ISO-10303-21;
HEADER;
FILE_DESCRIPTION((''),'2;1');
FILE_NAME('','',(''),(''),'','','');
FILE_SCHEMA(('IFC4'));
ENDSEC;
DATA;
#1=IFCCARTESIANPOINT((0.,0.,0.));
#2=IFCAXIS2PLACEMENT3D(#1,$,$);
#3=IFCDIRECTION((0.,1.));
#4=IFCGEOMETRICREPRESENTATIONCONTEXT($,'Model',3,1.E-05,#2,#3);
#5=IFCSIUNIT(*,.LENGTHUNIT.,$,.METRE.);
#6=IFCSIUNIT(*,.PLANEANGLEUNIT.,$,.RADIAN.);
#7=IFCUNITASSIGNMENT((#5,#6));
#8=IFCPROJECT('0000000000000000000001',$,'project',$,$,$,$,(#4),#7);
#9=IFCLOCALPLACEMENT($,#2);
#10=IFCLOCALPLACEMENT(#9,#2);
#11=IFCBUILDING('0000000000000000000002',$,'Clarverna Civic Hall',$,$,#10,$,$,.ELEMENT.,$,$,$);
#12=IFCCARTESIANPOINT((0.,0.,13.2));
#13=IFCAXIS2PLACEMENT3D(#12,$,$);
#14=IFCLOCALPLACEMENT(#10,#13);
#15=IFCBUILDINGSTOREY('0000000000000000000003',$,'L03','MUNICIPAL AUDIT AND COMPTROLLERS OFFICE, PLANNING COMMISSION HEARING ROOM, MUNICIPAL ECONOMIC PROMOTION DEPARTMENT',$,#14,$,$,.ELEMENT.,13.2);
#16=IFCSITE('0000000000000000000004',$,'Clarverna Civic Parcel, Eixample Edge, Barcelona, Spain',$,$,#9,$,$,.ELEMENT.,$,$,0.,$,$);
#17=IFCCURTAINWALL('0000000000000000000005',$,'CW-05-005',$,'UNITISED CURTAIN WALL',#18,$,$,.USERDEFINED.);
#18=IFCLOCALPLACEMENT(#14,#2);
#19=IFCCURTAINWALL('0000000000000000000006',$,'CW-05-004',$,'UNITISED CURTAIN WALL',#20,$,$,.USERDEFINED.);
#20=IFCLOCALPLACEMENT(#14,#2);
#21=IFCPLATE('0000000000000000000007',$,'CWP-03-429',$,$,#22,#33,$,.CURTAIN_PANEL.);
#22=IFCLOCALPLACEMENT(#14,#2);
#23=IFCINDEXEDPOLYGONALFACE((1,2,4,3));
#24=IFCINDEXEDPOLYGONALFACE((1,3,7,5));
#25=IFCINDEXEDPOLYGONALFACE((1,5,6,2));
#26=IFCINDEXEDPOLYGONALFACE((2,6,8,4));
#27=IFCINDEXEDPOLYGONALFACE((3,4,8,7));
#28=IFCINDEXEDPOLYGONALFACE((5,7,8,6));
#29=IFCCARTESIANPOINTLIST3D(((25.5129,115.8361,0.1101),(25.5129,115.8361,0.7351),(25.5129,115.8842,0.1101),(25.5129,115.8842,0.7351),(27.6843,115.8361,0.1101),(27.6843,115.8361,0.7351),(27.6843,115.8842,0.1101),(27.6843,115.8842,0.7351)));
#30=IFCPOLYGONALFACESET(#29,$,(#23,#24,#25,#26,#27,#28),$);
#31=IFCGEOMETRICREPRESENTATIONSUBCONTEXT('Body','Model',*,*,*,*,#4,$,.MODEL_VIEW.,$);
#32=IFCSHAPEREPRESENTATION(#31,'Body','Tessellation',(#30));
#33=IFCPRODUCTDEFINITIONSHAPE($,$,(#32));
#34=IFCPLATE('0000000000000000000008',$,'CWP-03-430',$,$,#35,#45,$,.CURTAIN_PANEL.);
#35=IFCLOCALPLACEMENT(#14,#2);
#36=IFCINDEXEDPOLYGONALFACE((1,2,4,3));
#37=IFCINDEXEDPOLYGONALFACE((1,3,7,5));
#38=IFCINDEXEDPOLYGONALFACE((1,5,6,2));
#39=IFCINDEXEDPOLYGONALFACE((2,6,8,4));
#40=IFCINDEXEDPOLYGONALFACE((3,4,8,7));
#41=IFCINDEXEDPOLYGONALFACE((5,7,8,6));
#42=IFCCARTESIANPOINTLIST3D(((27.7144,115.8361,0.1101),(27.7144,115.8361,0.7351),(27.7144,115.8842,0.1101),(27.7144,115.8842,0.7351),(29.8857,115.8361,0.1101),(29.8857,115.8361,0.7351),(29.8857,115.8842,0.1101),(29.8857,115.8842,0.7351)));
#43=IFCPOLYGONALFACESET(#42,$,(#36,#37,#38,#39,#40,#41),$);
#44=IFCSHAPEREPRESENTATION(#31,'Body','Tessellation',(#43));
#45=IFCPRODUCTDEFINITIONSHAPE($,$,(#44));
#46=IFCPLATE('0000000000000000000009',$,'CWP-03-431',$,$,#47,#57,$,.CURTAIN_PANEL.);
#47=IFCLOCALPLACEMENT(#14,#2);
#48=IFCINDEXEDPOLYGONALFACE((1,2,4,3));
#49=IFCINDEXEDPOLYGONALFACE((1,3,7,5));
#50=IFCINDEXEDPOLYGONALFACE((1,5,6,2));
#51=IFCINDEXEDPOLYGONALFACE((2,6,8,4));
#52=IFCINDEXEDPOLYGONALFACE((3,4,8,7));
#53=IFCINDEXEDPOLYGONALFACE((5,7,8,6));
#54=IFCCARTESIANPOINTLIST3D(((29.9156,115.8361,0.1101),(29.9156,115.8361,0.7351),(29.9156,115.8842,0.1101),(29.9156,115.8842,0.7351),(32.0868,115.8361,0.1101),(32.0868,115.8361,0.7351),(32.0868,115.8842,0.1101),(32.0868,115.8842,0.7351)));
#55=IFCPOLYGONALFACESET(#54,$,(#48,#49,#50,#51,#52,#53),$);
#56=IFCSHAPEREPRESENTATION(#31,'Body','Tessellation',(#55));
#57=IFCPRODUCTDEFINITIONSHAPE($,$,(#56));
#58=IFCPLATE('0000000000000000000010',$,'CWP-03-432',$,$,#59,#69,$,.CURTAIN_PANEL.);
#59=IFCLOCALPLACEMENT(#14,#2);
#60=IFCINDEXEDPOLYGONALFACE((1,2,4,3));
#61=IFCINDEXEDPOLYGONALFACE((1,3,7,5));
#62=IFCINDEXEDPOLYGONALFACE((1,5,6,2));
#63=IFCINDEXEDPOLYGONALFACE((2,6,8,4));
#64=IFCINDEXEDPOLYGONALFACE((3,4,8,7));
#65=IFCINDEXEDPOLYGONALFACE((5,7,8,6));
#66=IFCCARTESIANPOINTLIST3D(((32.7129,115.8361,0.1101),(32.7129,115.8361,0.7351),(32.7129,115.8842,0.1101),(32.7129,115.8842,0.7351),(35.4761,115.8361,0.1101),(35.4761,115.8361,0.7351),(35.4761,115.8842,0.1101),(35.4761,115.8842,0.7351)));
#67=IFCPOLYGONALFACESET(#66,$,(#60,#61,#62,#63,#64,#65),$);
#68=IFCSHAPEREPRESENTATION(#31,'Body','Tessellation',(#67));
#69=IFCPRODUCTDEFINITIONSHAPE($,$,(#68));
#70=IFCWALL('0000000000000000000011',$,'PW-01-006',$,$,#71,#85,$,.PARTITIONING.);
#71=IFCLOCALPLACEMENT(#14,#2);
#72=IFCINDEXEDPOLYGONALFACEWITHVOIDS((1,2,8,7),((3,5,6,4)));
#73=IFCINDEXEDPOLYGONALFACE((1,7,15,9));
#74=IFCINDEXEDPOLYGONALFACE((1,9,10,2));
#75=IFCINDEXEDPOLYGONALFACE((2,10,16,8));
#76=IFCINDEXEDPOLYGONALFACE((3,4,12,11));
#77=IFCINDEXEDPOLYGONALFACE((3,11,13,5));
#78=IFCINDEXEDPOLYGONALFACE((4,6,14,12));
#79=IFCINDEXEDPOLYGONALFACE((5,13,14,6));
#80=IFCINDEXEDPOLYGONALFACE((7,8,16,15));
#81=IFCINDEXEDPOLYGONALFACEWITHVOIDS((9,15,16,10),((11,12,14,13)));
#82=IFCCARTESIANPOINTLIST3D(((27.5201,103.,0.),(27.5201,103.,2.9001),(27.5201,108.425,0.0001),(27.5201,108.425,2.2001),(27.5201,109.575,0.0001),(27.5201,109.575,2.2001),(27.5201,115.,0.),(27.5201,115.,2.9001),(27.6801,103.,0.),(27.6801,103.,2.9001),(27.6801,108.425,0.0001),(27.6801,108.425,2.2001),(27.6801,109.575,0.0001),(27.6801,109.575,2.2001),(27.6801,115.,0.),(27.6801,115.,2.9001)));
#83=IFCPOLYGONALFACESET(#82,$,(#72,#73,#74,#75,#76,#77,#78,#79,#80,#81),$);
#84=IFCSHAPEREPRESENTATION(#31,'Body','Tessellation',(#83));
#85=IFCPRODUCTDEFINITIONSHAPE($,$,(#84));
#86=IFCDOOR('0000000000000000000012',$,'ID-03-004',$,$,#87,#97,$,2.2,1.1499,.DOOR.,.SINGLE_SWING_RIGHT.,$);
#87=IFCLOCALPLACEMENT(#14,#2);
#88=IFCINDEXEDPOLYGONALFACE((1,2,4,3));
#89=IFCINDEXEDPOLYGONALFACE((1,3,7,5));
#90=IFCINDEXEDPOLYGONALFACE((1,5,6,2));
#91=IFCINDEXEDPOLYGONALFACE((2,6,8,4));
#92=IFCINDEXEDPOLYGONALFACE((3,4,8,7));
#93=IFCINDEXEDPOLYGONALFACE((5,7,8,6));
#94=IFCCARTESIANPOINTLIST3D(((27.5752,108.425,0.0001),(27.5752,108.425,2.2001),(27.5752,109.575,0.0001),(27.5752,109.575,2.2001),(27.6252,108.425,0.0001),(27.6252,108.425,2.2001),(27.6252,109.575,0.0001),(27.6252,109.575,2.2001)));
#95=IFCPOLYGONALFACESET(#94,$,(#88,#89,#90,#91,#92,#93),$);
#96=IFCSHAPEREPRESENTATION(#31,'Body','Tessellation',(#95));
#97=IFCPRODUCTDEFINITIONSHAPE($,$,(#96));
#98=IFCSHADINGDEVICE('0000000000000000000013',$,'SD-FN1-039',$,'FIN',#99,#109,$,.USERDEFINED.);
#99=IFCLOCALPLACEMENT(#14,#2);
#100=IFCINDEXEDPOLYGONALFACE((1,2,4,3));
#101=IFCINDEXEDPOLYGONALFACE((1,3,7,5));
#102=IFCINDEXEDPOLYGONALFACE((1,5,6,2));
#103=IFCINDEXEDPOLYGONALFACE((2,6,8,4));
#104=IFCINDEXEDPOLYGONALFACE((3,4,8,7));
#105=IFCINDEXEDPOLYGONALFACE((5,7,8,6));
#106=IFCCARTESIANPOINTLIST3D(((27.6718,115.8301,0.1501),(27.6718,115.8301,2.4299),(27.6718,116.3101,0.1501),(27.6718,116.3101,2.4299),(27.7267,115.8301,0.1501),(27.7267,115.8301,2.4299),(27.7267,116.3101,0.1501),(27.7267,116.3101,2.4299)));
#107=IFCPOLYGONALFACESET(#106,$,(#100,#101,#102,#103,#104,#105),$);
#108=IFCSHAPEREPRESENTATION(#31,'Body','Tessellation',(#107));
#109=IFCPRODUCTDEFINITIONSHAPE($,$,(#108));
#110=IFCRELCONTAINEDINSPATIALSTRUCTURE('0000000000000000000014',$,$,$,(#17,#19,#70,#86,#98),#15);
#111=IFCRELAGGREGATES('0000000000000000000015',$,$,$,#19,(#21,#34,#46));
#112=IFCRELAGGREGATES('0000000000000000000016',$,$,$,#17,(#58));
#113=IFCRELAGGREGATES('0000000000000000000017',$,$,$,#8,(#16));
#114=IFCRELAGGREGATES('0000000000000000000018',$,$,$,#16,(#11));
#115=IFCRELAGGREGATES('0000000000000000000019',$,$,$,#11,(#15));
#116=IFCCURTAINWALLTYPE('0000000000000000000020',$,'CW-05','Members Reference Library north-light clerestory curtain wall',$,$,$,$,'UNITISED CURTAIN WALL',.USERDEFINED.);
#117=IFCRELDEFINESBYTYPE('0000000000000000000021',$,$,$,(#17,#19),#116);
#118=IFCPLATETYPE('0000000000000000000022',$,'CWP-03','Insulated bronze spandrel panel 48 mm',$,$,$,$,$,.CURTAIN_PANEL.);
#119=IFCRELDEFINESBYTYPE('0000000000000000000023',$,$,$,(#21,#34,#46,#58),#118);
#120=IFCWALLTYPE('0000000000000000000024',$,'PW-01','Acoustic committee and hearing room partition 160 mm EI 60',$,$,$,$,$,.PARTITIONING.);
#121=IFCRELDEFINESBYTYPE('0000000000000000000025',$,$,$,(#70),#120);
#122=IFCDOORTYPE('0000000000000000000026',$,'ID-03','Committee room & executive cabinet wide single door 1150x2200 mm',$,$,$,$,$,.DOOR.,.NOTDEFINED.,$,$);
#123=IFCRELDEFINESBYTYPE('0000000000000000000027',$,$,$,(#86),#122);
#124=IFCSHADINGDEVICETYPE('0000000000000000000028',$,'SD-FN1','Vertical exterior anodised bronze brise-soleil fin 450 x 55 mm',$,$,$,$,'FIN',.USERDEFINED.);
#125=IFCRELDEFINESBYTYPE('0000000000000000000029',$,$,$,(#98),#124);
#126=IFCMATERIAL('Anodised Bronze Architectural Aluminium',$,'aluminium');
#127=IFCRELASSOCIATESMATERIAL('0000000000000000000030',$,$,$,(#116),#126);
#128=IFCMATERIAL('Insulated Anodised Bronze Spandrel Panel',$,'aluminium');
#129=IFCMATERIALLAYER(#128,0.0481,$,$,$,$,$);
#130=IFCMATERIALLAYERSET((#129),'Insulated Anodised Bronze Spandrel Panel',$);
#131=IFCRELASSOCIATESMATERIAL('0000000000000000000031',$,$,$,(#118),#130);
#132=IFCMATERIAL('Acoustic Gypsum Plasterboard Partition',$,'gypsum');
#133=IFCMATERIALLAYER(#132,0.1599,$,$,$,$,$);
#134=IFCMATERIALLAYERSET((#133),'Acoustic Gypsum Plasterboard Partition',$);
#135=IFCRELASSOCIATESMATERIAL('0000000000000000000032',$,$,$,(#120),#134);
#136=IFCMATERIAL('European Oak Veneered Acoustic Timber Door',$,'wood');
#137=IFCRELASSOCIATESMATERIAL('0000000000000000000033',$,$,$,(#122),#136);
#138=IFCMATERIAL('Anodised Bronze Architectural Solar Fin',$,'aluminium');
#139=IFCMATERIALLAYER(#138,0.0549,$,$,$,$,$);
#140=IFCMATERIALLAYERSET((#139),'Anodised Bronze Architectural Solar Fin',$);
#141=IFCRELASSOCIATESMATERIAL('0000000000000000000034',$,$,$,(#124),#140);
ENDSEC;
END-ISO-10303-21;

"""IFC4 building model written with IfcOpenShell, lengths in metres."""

from ifc_helpers import new_model, si_unit, direction, frame, frame_2d, origin, place, context, subcontext, project, spatial, rectangle, extrude, material, layer, layer_set, type_object, element, fill, aggregate, save


model = new_model("IFC4")

# Units and contexts
model_context = context("Model", 3, precision=1e-05, world=origin(), true_north=direction((0.0, 1.0)))
body_context = subcontext(model_context, "Body", "Model", "MODEL_VIEW")
ifc_project = project(units=[si_unit("LENGTHUNIT", "METRE"), si_unit("PLANEANGLEUNIT", "RADIAN")], contexts=[model_context])

# Site, building, storey
site_placement = place(None, origin())
site = spatial("IfcSite", under=ifc_project, at=site_placement, Name="Clarverna Civic Parcel, Eixample Edge, Barcelona, Spain", CompositionType="ELEMENT", RefElevation=0.0)
building_placement = place(site_placement, origin())
building = spatial("IfcBuilding", under=site, at=building_placement, Name="Clarverna Civic Hall", CompositionType="ELEMENT")
storey_placement = place(building_placement, frame((0.0, 0.0, 13.2)))
storey = spatial("IfcBuildingStorey", under=building, at=storey_placement, Name="L03", Description="MUNICIPAL AUDIT AND COMPTROLLERS OFFICE, PLANNING COMMISSION HEARING ROOM, MUNICIPAL ECONOMIC PROMOTION DEPARTMENT", CompositionType="ELEMENT", Elevation=13.2)

# Curtain wall
ifc_material_1 = material(Name="Anodised Bronze Architectural Aluminium", Category="aluminium")
curtain_wall_type = type_object("IfcCurtainWallType", Name="CW-05", Description="Members Reference Library north-light clerestory curtain wall", ElementType="UNITISED CURTAIN WALL", PredefinedType="USERDEFINED", material=ifc_material_1)
curtain_wall_1_placement = place(storey_placement, origin())
curtain_wall_1 = element("IfcCurtainWall", 1, at=curtain_wall_1_placement, inside=storey, type_object=curtain_wall_type, Name="CW-05-005", ObjectType="UNITISED CURTAIN WALL", PredefinedType="USERDEFINED")

# Curtain wall
curtain_wall_2_placement = place(storey_placement, origin())
curtain_wall_2 = element("IfcCurtainWall", 2, at=curtain_wall_2_placement, inside=storey, type_object=curtain_wall_type, Name="CW-05-004", ObjectType="UNITISED CURTAIN WALL", PredefinedType="USERDEFINED")

# Plates
ifc_material_2 = material(Name="Insulated Anodised Bronze Spandrel Panel", Category="aluminium")
ifc_layer_1 = layer(ifc_material_2, 0.0481)
ifc_layer_set_1 = layer_set([ifc_layer_1], Name="Insulated Anodised Bronze Spandrel Panel")
plate_type_1 = type_object("IfcPlateType", Name="CWP-03", Description="Insulated bronze spandrel panel 48 mm", PredefinedType="CURTAIN_PANEL", material=ifc_layer_set_1)
plate_1_placement = place(storey_placement, frame((25.5129, 115.8601, 0.1101), z_axis=(0.0, 0.0, 1.0), x_axis=(1.0, 0.0, 0.0)))
plate_1 = element("IfcPlate", 3, at=plate_1_placement, type_object=plate_type_1, Name="CWP-03-429", PredefinedType="CURTAIN_PANEL", context=body_context, shape_type="SweptSolid", body=[
    extrude(rectangle(XDim=2.1714, YDim=0.0481, at=frame_2d((1.0857, 0.0))), origin(), (0.0, 0.0, 1.0), 0.625),
])
plate_2_placement = place(storey_placement, frame((27.7144, 115.8601, 0.1101), z_axis=(0.0, 0.0, 1.0), x_axis=(1.0, 0.0, 0.0)))
plate_2 = element("IfcPlate", 4, at=plate_2_placement, type_object=plate_type_1, Name="CWP-03-430", PredefinedType="CURTAIN_PANEL", context=body_context, shape_type="SweptSolid", body=[
    extrude(rectangle(XDim=2.1714, YDim=0.0481, at=frame_2d((1.0857, 0.0))), origin(), (0.0, 0.0, 1.0), 0.625),
])
plate_3_placement = place(storey_placement, frame((29.9158, 115.8601, 0.1101), z_axis=(0.0, 0.0, 1.0), x_axis=(1.0, 0.0, 0.0)))
plate_3 = element("IfcPlate", 5, at=plate_3_placement, type_object=plate_type_1, Name="CWP-03-431", PredefinedType="CURTAIN_PANEL", context=body_context, shape_type="SweptSolid", body=[
    extrude(rectangle(XDim=2.1711, YDim=0.0481, at=frame_2d((1.0854, 0.0))), origin(), (0.0, 0.0, 1.0), 0.625),
])
aggregate(curtain_wall_2, [plate_1, plate_2, plate_3])
plate_4_placement = place(storey_placement, frame((32.7129, 115.8601, 0.1101), z_axis=(0.0, 0.0, 1.0), x_axis=(1.0, 0.0, 0.0)))
plate_4 = element("IfcPlate", 6, at=plate_4_placement, type_object=plate_type_1, Name="CWP-03-432", PredefinedType="CURTAIN_PANEL", context=body_context, shape_type="SweptSolid", body=[
    extrude(rectangle(XDim=2.7632, YDim=0.0481, at=frame_2d((1.3816, 0.0))), origin(), (0.0, 0.0, 1.0), 0.625),
])
aggregate(curtain_wall_1, [plate_4])

# Wall, opening, door
ifc_material_3 = material(Name="Acoustic Gypsum Plasterboard Partition", Category="gypsum")
ifc_layer_2 = layer(ifc_material_3, 0.1599)
ifc_layer_set_2 = layer_set([ifc_layer_2], Name="Acoustic Gypsum Plasterboard Partition")
wall_type = type_object("IfcWallType", Name="PW-01", Description="Acoustic committee and hearing room partition 160 mm EI 60", PredefinedType="PARTITIONING", material=ifc_layer_set_2)
wall_placement = place(storey_placement, frame((27.6001, 103.0, 0.0), z_axis=(0.0, 0.0, 1.0), x_axis=(0.0, 1.0, 0.0)))
wall = element("IfcWall", 7, at=wall_placement, inside=storey, type_object=wall_type, Name="PW-01-006", PredefinedType="PARTITIONING", context=body_context, shape_type="SweptSolid", body=[
    extrude(rectangle(XDim=12.0, YDim=0.1599, at=frame_2d((6.0, 0.0))), origin(), (0.0, 0.0, 1.0), 2.9001),
])
opening_placement = place(wall_placement, frame((5.425, 0.0, 0.0)))
opening = element("IfcOpeningElement", 8, at=opening_placement, cuts=wall, PredefinedType="OPENING", context=body_context, shape_type="SweptSolid", body=[
    extrude(rectangle(XDim=1.1499, YDim=2.2, at=frame_2d((0.575, 1.1001))), frame((0.0, 0.0898, 0.0), z_axis=(0.0, -1.0, 0.0), x_axis=(1.0, 0.0, 0.0)), (0.0, 0.0, 1.0), 0.1799),
])
ifc_material_4 = material(Name="European Oak Veneered Acoustic Timber Door", Category="wood")
door_type = type_object("IfcDoorType", Name="ID-03", Description="Committee room & executive cabinet wide single door 1150x2200 mm", OperationType="NOTDEFINED", PredefinedType="DOOR", material=ifc_material_4)
door_placement = place(opening_placement, origin())
door = element("IfcDoor", 9, at=door_placement, inside=storey, type_object=door_type, Name="ID-03-004", OperationType="SINGLE_SWING_RIGHT", OverallHeight=2.2, OverallWidth=1.1499, PredefinedType="DOOR", context=body_context, shape_type="SweptSolid", body=[
    extrude(rectangle(XDim=1.1499, YDim=2.2, at=frame_2d((0.575, 1.1001))), frame((0.0, 0.0249, 0.0), z_axis=(0.0, -1.0, 0.0), x_axis=(1.0, 0.0, 0.0)), (0.0, 0.0, 1.0), 0.05),
])
fill(opening, door)

# Shading device
ifc_material_5 = material(Name="Anodised Bronze Architectural Solar Fin", Category="aluminium")
ifc_layer_3 = layer(ifc_material_5, 0.0549)
ifc_layer_set_3 = layer_set([ifc_layer_3], Name="Anodised Bronze Architectural Solar Fin")
shading_device_type = type_object("IfcShadingDeviceType", Name="SD-FN1", Description="Vertical exterior anodised bronze brise-soleil fin 450 x 55 mm", ElementType="FIN", PredefinedType="USERDEFINED", material=ifc_layer_set_3)
shading_device_placement = place(storey_placement, frame((27.6992, 115.8301, 0.1501), z_axis=(0.0, 0.0, 1.0), x_axis=(0.0, 1.0, 0.0)))
element("IfcShadingDevice", 10, at=shading_device_placement, inside=storey, type_object=shading_device_type, Name="SD-FN1-039", ObjectType="FIN", PredefinedType="USERDEFINED", context=body_context, shape_type="SweptSolid", body=[
    extrude(rectangle(XDim=0.48, YDim=0.0549, at=frame_2d((0.24, 0.0))), origin(), (0.0, 0.0, 1.0), 2.2798),
])

save(model, "model.ifc")
